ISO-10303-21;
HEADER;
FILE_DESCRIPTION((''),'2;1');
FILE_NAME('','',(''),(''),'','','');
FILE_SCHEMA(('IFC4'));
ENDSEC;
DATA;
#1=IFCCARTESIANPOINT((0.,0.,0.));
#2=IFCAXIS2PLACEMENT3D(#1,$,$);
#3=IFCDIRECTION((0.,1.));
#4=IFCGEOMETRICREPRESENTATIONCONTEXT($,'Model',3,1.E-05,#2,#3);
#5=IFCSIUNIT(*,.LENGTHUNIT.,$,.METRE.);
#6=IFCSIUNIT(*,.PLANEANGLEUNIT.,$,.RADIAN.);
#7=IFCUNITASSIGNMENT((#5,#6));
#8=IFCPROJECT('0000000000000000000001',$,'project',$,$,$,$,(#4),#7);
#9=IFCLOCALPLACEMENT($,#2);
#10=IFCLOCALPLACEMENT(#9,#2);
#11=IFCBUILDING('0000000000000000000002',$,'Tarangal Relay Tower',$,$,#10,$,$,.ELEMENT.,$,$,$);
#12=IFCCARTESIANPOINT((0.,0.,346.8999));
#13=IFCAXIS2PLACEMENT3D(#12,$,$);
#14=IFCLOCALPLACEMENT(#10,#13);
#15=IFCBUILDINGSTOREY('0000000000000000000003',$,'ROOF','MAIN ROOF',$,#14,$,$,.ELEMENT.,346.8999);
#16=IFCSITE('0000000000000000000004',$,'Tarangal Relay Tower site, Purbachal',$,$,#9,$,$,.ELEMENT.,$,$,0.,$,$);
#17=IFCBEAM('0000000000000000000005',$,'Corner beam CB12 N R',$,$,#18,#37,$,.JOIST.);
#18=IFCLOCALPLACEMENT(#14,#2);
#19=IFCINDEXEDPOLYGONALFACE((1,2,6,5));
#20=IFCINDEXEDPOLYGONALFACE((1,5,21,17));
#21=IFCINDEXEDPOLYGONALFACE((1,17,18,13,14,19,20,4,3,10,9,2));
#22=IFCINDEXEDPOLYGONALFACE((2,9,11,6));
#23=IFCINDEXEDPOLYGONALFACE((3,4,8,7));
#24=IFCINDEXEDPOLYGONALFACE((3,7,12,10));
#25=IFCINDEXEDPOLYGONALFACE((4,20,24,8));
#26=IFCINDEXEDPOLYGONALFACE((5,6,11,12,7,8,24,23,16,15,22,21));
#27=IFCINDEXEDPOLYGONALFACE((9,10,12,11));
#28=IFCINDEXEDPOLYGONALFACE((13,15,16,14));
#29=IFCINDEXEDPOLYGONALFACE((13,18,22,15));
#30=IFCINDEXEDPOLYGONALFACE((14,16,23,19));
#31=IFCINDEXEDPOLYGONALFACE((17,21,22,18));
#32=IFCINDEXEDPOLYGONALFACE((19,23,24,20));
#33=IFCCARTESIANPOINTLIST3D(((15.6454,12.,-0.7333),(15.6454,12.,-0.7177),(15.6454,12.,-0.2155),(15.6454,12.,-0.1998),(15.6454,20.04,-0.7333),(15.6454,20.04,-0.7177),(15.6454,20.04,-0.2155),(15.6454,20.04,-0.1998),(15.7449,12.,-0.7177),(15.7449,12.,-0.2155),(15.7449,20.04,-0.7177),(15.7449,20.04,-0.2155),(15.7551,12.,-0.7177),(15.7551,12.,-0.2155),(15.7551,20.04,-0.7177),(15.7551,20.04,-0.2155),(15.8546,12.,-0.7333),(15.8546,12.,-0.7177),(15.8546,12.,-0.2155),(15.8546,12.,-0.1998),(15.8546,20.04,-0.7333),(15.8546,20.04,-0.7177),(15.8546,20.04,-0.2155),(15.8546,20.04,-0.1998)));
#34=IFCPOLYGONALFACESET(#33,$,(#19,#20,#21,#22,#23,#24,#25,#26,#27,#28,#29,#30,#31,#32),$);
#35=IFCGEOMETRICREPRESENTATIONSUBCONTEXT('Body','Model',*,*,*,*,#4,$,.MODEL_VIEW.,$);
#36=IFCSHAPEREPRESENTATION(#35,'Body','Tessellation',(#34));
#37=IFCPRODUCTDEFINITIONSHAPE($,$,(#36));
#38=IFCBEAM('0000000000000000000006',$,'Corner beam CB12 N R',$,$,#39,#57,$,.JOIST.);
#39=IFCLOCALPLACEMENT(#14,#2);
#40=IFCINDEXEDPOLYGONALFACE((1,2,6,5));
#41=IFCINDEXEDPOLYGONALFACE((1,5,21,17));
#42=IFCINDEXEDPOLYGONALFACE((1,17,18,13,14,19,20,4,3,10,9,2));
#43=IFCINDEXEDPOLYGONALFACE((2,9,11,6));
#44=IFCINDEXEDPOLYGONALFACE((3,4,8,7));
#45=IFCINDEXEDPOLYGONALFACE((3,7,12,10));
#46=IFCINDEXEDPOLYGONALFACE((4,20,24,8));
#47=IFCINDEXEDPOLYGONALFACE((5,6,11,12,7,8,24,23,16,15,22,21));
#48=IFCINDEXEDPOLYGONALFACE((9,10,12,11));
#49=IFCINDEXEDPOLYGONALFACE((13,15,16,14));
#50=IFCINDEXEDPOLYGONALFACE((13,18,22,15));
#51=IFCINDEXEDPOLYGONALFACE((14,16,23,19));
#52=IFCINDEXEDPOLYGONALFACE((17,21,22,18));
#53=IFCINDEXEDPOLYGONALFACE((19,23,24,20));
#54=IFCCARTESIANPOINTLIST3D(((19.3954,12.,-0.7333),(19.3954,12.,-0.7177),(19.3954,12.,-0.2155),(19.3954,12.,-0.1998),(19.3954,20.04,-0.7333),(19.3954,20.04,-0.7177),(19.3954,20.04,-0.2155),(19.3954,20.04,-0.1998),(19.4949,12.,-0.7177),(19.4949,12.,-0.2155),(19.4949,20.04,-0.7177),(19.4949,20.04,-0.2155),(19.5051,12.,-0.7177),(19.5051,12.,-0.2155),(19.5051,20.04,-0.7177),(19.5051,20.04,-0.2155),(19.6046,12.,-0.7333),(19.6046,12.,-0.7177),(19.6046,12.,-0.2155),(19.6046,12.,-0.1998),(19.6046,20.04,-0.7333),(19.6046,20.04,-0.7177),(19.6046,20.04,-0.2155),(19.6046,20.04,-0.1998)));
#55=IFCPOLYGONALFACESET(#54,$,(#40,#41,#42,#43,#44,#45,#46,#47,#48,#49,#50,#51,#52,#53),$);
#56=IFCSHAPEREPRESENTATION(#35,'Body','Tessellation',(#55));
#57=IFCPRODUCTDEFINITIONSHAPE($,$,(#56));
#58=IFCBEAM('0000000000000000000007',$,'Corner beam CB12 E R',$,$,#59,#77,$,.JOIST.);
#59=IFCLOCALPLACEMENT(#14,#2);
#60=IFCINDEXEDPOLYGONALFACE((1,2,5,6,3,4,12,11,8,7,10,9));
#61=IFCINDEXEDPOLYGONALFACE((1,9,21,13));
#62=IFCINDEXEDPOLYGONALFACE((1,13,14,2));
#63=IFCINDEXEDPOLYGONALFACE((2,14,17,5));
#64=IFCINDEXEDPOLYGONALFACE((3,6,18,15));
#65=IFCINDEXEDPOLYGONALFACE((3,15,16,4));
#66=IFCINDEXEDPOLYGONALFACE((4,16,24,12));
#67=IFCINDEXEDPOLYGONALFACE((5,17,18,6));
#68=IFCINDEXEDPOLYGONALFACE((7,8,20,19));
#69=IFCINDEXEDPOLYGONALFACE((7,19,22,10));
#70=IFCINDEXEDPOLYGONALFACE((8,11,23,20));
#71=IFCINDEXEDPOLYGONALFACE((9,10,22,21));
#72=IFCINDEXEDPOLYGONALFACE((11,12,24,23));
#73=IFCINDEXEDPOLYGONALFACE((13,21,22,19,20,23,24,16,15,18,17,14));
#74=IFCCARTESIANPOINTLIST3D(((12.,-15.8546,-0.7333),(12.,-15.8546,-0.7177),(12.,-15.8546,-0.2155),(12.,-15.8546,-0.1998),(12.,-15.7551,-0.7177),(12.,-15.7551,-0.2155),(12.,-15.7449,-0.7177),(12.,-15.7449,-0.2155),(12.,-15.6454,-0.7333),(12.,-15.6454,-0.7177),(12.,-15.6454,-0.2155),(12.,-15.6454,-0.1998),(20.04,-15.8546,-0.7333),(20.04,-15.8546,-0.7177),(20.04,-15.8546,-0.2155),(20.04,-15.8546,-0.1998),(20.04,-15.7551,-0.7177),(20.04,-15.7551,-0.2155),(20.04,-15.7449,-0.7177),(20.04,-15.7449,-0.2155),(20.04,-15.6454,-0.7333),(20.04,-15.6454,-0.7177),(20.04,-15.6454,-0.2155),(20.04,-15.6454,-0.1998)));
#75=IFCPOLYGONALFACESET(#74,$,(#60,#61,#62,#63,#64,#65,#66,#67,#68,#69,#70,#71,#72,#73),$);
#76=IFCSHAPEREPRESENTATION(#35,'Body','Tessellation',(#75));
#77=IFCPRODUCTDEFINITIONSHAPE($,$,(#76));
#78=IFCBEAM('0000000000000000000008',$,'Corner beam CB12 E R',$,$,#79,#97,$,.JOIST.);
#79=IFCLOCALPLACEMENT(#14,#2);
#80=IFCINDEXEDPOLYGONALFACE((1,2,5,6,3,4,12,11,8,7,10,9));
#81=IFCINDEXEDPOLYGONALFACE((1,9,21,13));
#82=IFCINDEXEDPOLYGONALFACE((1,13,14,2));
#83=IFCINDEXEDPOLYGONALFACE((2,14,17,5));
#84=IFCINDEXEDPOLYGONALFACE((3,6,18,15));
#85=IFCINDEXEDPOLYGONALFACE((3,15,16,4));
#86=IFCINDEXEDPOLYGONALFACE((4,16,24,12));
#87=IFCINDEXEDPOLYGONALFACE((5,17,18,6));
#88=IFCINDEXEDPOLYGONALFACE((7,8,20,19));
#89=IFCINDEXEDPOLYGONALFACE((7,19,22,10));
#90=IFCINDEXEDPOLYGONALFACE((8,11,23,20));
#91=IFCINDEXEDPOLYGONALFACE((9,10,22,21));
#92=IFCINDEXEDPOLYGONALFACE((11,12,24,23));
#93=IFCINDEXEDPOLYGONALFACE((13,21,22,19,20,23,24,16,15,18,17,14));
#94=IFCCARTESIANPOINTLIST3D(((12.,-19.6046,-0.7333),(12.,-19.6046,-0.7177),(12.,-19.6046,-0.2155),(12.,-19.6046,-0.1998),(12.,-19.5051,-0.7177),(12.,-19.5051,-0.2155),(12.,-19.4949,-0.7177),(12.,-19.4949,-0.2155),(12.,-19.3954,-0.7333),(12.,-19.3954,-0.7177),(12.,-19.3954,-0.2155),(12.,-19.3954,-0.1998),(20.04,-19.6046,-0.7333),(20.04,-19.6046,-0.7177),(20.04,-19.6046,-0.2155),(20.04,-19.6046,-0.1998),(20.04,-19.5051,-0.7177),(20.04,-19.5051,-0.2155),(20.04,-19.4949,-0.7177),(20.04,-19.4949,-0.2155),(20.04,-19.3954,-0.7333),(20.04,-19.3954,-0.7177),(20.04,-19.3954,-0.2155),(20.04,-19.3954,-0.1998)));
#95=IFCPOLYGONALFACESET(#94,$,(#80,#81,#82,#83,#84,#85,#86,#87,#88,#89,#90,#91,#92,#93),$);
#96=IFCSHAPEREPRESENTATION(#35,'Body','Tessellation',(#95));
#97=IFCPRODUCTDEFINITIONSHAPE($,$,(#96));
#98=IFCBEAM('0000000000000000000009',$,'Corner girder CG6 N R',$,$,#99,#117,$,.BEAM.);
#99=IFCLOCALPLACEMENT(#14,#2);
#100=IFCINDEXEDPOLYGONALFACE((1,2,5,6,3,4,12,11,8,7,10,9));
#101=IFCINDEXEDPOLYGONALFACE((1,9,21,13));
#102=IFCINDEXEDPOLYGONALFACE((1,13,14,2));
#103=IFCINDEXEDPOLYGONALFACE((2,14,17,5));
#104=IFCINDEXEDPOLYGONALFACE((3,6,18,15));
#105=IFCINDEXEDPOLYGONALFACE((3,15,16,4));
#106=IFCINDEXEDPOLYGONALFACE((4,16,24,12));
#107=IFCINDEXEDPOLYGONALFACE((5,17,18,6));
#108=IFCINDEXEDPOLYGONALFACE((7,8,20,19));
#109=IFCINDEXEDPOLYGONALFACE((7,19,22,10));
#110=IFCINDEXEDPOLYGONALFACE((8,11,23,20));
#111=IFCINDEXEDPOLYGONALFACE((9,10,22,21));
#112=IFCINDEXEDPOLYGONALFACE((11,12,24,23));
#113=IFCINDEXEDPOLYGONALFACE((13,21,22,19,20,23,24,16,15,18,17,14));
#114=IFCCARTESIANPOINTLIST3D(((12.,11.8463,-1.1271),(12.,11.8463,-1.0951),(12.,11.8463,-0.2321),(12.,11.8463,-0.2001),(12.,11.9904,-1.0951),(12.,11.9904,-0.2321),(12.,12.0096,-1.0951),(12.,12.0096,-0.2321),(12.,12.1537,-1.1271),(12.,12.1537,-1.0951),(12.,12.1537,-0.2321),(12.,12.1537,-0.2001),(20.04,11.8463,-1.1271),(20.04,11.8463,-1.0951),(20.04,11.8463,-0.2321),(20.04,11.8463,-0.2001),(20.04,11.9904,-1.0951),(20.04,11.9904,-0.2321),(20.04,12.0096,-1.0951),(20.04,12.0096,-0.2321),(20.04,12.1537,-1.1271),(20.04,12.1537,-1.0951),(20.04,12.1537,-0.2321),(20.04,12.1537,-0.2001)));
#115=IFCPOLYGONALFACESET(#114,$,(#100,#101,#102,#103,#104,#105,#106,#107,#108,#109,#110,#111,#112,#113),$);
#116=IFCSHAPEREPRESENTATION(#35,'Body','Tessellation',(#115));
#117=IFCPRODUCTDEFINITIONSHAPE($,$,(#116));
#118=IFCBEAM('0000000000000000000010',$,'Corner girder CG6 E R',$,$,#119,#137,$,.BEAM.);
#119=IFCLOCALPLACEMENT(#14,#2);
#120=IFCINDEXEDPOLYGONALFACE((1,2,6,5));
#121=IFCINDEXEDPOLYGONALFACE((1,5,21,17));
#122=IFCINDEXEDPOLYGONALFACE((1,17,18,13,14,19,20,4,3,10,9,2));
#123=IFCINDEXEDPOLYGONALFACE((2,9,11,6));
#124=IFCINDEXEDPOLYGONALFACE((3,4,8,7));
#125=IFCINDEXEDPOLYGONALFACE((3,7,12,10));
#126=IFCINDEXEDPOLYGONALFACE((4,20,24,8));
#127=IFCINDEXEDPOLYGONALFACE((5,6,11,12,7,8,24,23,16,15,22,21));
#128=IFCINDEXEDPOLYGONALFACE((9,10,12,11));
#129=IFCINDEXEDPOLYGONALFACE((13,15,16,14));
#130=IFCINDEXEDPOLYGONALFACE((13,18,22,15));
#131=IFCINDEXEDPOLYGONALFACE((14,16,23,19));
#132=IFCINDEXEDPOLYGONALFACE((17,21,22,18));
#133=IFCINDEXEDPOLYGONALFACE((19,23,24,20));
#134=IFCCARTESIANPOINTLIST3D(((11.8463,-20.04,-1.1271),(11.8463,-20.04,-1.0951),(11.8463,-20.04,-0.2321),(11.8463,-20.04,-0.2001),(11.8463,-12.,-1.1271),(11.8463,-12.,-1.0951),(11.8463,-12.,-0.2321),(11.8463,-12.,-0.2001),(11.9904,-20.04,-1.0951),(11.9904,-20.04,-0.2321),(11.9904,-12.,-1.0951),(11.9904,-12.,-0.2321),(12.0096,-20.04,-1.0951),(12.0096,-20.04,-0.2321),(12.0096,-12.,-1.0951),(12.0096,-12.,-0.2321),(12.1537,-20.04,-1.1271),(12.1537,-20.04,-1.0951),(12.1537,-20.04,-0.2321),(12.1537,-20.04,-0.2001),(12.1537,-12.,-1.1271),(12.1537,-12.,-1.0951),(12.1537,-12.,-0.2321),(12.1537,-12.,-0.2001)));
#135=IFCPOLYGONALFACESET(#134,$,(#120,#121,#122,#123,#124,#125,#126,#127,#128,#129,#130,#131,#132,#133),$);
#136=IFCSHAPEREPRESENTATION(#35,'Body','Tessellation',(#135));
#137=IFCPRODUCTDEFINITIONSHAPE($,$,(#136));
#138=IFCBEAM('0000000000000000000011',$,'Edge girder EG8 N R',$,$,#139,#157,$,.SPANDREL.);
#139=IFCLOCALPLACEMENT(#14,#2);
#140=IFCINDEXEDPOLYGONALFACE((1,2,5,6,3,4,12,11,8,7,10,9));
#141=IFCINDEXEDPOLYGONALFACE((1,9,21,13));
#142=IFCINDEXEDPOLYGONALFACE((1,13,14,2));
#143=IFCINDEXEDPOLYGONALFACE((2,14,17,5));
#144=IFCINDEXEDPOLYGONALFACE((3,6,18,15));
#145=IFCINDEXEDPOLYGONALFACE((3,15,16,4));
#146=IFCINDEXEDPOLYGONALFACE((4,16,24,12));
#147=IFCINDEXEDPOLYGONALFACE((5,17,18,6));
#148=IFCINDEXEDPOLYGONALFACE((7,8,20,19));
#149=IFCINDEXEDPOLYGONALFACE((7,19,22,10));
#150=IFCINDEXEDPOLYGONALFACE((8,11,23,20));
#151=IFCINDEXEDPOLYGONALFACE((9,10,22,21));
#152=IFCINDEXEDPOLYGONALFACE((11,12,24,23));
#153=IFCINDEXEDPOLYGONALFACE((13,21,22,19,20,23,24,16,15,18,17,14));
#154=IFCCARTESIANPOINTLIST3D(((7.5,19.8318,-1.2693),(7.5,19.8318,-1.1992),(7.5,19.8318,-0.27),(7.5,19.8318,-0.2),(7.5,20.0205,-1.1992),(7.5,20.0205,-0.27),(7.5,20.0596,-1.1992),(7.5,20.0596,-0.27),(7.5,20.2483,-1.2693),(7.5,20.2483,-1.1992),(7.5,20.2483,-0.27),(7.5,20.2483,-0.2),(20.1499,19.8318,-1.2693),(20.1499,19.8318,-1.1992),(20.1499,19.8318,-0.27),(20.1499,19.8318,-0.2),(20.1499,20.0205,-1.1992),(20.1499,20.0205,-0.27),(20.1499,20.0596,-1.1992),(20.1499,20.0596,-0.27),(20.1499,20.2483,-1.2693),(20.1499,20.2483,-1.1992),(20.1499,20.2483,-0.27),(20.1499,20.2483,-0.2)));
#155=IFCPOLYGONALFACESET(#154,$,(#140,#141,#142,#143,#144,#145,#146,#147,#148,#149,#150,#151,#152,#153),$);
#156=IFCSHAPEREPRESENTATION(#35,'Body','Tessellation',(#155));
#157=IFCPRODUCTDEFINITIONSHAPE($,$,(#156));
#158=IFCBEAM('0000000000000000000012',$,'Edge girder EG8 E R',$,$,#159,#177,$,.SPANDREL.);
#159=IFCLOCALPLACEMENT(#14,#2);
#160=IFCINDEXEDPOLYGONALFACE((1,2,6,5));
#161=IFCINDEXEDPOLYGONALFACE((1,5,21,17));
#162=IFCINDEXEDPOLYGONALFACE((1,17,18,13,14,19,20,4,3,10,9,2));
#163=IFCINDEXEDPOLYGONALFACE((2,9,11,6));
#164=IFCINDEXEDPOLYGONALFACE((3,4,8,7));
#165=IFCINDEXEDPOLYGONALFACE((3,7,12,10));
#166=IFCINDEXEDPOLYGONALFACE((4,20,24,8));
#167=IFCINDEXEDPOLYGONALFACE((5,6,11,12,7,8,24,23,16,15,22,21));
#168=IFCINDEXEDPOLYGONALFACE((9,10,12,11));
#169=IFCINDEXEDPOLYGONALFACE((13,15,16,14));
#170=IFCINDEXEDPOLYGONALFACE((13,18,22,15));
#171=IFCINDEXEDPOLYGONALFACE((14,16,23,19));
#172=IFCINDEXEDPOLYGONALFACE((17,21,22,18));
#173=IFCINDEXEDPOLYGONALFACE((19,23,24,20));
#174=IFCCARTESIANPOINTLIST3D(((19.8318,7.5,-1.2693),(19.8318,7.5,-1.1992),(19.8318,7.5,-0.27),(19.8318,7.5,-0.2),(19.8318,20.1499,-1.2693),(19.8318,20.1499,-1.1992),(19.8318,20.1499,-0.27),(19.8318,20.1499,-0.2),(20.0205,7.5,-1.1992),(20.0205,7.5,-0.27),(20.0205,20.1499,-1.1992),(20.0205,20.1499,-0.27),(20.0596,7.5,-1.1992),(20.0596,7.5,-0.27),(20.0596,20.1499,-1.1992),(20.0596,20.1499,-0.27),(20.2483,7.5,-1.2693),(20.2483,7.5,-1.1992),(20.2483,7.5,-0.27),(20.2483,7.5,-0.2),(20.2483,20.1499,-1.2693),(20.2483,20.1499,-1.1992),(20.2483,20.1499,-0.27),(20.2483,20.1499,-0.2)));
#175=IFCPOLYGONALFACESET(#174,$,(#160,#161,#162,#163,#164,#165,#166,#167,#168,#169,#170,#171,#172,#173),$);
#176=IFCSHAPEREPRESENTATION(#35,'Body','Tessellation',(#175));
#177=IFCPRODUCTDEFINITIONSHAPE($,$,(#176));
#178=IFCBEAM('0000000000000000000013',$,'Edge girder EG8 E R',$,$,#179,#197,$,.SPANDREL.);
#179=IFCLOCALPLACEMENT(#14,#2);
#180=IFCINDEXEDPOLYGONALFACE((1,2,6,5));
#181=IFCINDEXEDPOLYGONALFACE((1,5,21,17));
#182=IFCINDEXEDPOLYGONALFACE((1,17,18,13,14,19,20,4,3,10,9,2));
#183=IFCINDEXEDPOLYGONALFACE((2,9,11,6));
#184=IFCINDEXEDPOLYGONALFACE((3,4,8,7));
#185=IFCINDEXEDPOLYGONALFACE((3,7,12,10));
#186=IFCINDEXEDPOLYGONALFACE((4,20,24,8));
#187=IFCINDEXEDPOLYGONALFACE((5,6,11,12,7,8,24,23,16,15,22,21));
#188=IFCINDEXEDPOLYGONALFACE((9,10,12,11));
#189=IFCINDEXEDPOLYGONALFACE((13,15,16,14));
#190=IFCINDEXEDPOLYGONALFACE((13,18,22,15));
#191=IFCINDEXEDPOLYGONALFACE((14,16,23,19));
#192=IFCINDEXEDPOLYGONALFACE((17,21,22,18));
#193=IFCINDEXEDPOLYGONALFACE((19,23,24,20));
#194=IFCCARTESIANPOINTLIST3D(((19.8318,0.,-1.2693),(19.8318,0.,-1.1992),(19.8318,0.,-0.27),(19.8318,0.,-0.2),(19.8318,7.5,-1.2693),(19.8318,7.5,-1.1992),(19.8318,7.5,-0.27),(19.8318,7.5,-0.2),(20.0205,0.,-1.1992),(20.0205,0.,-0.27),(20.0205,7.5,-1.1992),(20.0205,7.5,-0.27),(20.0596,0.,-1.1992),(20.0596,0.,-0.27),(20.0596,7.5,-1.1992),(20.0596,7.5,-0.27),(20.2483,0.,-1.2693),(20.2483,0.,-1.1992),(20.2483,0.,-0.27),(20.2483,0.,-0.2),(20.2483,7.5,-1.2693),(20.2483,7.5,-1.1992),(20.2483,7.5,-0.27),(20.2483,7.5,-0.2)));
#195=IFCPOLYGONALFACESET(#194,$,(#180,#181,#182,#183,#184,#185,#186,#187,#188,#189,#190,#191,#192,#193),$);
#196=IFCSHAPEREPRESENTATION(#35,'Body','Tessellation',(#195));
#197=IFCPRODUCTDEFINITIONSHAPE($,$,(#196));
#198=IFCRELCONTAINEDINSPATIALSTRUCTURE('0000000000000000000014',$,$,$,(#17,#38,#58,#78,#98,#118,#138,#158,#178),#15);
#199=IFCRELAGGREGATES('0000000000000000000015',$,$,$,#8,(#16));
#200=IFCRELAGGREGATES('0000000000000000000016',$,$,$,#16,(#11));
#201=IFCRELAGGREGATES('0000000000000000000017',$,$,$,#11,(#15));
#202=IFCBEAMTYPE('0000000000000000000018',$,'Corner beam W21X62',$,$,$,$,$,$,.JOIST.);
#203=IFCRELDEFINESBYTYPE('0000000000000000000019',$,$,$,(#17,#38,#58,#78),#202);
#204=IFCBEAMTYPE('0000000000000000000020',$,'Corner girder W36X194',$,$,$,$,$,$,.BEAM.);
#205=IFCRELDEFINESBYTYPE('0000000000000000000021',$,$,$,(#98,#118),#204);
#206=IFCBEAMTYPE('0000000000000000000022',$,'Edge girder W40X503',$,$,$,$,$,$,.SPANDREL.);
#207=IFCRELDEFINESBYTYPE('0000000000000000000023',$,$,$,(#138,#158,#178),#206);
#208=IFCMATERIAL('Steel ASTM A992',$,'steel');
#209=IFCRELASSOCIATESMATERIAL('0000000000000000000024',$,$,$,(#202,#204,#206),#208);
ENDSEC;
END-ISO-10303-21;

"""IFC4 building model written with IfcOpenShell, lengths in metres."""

from ifc_helpers import new_model, si_unit, direction, frame, origin, origin_2d, place, context, subcontext, project, spatial, i_section, extrude, material, material_profile, profile_set, type_object, element, save


model = new_model("IFC4")

# Units and contexts
model_context = context("Model", 3, precision=1e-05, world=origin(), true_north=direction((0.0, 1.0)))
body_context = subcontext(model_context, "Body", "Model", "MODEL_VIEW")
ifc_project = project(units=[si_unit("LENGTHUNIT", "METRE"), si_unit("PLANEANGLEUNIT", "RADIAN")], contexts=[model_context])

# Site, building, storey
site_placement = place(None, origin())
site = spatial("IfcSite", under=ifc_project, at=site_placement, Name="Tarangal Relay Tower site, Purbachal", CompositionType="ELEMENT", RefElevation=0.0)
building_placement = place(site_placement, origin())
building = spatial("IfcBuilding", under=site, at=building_placement, Name="Tarangal Relay Tower", CompositionType="ELEMENT")
storey_placement = place(building_placement, frame((0.0, 0.0, 346.8999)))
storey = spatial("IfcBuildingStorey", under=building, at=storey_placement, Name="ROOF", Description="MAIN ROOF", CompositionType="ELEMENT", Elevation=346.8999)

# Beams
ifc_material_1 = material(Name="Steel ASTM A992", Category="steel")
ifc_material_profile_1 = material_profile(ifc_material_1, i_section(OverallWidth=0.2092, OverallDepth=0.5334, WebThickness=0.0103, FlangeThickness=0.0156, at=origin_2d()), Name="W21X62")
ifc_profile_set_1 = profile_set([ifc_material_profile_1], Name="Steel ASTM A992")
beam_type_1 = type_object("IfcBeamType", Name="Corner beam W21X62", PredefinedType="JOIST", material=ifc_profile_set_1)
for number, where, z_axis, x_axis, name in (
    (1, (15.75, 12.0, -0.4666), (0.0, 1.0, 0.0), (-1.0, 0.0, 0.0), "Corner beam CB12 N R"),
    (2, (19.5, 12.0, -0.4666), (0.0, 1.0, 0.0), (-1.0, 0.0, 0.0), "Corner beam CB12 N R"),
    (3, (12.0, -15.75, -0.4666), (1.0, 0.0, 0.0), (0.0, 1.0, 0.0), "Corner beam CB12 E R"),
    (4, (12.0, -19.5, -0.4666), (1.0, 0.0, 0.0), (0.0, 1.0, 0.0), "Corner beam CB12 E R"),
):
    element("IfcBeam", number, at=place(storey_placement, frame(where, z_axis=z_axis, x_axis=x_axis)), inside=storey, type_object=beam_type_1, Name=name, PredefinedType="JOIST", context=body_context, shape_type="SweptSolid", body=[
        extrude(i_section(OverallWidth=0.2092, OverallDepth=0.5334, WebThickness=0.0103, FlangeThickness=0.0156, at=origin_2d()), origin(), (0.0, 0.0, 1.0), 8.04),
    ])
ifc_material_profile_2 = material_profile(ifc_material_1, i_section(OverallWidth=0.3074, OverallDepth=0.927, WebThickness=0.0193, FlangeThickness=0.032, at=origin_2d()), Name="W36X194")
ifc_profile_set_2 = profile_set([ifc_material_profile_2], Name="Steel ASTM A992")
beam_type_2 = type_object("IfcBeamType", Name="Corner girder W36X194", PredefinedType="BEAM", material=ifc_profile_set_2)
for number, where, z_axis, x_axis, name in (
    (5, (12.0, 12.0, -0.6636), (1.0, 0.0, 0.0), (0.0, 1.0, 0.0), "Corner girder CG6 N R"),
    (6, (12.0, -12.0, -0.6636), (0.0, -1.0, 0.0), (1.0, 0.0, 0.0), "Corner girder CG6 E R"),
):
    element("IfcBeam", number, at=place(storey_placement, frame(where, z_axis=z_axis, x_axis=x_axis)), inside=storey, type_object=beam_type_2, Name=name, PredefinedType="BEAM", context=body_context, shape_type="SweptSolid", body=[
        extrude(i_section(OverallWidth=0.3074, OverallDepth=0.927, WebThickness=0.0193, FlangeThickness=0.032, at=origin_2d()), origin(), (0.0, 0.0, 1.0), 8.04),
    ])
ifc_material_profile_3 = material_profile(ifc_material_1, i_section(OverallWidth=0.4165, OverallDepth=1.0693, WebThickness=0.0391, FlangeThickness=0.0701, at=origin_2d()), Name="W40X503")
ifc_profile_set_3 = profile_set([ifc_material_profile_3], Name="Steel ASTM A992")
beam_type_3 = type_object("IfcBeamType", Name="Edge girder W40X503", PredefinedType="SPANDREL", material=ifc_profile_set_3)
for number, where, z_axis, x_axis, name in (
    (7, (7.5, 20.04, -0.7346), (1.0, 0.0, 0.0), (0.0, 1.0, 0.0), "Edge girder EG8 N R"),
    (8, (20.04, 20.1499, -0.7346), (0.0, -1.0, 0.0), (1.0, 0.0, 0.0), "Edge girder EG8 E R"),
):
    element("IfcBeam", number, at=place(storey_placement, frame(where, z_axis=z_axis, x_axis=x_axis)), inside=storey, type_object=beam_type_3, Name=name, PredefinedType="SPANDREL", context=body_context, shape_type="SweptSolid", body=[
        extrude(i_section(OverallWidth=0.4165, OverallDepth=1.0693, WebThickness=0.0391, FlangeThickness=0.0701, at=origin_2d()), origin(), (0.0, 0.0, 1.0), 12.6499),
    ])
for number, where, z_axis, x_axis, name in (
    (9, (20.04, 7.5, -0.7346), (0.0, -1.0, 0.0), (1.0, 0.0, 0.0), "Edge girder EG8 E R"),
):
    element("IfcBeam", number, at=place(storey_placement, frame(where, z_axis=z_axis, x_axis=x_axis)), inside=storey, type_object=beam_type_3, Name=name, PredefinedType="SPANDREL", context=body_context, shape_type="SweptSolid", body=[
        extrude(i_section(OverallWidth=0.4165, OverallDepth=1.0693, WebThickness=0.0391, FlangeThickness=0.0701, at=origin_2d()), origin(), (0.0, 0.0, 1.0), 7.5),
    ])

save(model, "model.ifc")
